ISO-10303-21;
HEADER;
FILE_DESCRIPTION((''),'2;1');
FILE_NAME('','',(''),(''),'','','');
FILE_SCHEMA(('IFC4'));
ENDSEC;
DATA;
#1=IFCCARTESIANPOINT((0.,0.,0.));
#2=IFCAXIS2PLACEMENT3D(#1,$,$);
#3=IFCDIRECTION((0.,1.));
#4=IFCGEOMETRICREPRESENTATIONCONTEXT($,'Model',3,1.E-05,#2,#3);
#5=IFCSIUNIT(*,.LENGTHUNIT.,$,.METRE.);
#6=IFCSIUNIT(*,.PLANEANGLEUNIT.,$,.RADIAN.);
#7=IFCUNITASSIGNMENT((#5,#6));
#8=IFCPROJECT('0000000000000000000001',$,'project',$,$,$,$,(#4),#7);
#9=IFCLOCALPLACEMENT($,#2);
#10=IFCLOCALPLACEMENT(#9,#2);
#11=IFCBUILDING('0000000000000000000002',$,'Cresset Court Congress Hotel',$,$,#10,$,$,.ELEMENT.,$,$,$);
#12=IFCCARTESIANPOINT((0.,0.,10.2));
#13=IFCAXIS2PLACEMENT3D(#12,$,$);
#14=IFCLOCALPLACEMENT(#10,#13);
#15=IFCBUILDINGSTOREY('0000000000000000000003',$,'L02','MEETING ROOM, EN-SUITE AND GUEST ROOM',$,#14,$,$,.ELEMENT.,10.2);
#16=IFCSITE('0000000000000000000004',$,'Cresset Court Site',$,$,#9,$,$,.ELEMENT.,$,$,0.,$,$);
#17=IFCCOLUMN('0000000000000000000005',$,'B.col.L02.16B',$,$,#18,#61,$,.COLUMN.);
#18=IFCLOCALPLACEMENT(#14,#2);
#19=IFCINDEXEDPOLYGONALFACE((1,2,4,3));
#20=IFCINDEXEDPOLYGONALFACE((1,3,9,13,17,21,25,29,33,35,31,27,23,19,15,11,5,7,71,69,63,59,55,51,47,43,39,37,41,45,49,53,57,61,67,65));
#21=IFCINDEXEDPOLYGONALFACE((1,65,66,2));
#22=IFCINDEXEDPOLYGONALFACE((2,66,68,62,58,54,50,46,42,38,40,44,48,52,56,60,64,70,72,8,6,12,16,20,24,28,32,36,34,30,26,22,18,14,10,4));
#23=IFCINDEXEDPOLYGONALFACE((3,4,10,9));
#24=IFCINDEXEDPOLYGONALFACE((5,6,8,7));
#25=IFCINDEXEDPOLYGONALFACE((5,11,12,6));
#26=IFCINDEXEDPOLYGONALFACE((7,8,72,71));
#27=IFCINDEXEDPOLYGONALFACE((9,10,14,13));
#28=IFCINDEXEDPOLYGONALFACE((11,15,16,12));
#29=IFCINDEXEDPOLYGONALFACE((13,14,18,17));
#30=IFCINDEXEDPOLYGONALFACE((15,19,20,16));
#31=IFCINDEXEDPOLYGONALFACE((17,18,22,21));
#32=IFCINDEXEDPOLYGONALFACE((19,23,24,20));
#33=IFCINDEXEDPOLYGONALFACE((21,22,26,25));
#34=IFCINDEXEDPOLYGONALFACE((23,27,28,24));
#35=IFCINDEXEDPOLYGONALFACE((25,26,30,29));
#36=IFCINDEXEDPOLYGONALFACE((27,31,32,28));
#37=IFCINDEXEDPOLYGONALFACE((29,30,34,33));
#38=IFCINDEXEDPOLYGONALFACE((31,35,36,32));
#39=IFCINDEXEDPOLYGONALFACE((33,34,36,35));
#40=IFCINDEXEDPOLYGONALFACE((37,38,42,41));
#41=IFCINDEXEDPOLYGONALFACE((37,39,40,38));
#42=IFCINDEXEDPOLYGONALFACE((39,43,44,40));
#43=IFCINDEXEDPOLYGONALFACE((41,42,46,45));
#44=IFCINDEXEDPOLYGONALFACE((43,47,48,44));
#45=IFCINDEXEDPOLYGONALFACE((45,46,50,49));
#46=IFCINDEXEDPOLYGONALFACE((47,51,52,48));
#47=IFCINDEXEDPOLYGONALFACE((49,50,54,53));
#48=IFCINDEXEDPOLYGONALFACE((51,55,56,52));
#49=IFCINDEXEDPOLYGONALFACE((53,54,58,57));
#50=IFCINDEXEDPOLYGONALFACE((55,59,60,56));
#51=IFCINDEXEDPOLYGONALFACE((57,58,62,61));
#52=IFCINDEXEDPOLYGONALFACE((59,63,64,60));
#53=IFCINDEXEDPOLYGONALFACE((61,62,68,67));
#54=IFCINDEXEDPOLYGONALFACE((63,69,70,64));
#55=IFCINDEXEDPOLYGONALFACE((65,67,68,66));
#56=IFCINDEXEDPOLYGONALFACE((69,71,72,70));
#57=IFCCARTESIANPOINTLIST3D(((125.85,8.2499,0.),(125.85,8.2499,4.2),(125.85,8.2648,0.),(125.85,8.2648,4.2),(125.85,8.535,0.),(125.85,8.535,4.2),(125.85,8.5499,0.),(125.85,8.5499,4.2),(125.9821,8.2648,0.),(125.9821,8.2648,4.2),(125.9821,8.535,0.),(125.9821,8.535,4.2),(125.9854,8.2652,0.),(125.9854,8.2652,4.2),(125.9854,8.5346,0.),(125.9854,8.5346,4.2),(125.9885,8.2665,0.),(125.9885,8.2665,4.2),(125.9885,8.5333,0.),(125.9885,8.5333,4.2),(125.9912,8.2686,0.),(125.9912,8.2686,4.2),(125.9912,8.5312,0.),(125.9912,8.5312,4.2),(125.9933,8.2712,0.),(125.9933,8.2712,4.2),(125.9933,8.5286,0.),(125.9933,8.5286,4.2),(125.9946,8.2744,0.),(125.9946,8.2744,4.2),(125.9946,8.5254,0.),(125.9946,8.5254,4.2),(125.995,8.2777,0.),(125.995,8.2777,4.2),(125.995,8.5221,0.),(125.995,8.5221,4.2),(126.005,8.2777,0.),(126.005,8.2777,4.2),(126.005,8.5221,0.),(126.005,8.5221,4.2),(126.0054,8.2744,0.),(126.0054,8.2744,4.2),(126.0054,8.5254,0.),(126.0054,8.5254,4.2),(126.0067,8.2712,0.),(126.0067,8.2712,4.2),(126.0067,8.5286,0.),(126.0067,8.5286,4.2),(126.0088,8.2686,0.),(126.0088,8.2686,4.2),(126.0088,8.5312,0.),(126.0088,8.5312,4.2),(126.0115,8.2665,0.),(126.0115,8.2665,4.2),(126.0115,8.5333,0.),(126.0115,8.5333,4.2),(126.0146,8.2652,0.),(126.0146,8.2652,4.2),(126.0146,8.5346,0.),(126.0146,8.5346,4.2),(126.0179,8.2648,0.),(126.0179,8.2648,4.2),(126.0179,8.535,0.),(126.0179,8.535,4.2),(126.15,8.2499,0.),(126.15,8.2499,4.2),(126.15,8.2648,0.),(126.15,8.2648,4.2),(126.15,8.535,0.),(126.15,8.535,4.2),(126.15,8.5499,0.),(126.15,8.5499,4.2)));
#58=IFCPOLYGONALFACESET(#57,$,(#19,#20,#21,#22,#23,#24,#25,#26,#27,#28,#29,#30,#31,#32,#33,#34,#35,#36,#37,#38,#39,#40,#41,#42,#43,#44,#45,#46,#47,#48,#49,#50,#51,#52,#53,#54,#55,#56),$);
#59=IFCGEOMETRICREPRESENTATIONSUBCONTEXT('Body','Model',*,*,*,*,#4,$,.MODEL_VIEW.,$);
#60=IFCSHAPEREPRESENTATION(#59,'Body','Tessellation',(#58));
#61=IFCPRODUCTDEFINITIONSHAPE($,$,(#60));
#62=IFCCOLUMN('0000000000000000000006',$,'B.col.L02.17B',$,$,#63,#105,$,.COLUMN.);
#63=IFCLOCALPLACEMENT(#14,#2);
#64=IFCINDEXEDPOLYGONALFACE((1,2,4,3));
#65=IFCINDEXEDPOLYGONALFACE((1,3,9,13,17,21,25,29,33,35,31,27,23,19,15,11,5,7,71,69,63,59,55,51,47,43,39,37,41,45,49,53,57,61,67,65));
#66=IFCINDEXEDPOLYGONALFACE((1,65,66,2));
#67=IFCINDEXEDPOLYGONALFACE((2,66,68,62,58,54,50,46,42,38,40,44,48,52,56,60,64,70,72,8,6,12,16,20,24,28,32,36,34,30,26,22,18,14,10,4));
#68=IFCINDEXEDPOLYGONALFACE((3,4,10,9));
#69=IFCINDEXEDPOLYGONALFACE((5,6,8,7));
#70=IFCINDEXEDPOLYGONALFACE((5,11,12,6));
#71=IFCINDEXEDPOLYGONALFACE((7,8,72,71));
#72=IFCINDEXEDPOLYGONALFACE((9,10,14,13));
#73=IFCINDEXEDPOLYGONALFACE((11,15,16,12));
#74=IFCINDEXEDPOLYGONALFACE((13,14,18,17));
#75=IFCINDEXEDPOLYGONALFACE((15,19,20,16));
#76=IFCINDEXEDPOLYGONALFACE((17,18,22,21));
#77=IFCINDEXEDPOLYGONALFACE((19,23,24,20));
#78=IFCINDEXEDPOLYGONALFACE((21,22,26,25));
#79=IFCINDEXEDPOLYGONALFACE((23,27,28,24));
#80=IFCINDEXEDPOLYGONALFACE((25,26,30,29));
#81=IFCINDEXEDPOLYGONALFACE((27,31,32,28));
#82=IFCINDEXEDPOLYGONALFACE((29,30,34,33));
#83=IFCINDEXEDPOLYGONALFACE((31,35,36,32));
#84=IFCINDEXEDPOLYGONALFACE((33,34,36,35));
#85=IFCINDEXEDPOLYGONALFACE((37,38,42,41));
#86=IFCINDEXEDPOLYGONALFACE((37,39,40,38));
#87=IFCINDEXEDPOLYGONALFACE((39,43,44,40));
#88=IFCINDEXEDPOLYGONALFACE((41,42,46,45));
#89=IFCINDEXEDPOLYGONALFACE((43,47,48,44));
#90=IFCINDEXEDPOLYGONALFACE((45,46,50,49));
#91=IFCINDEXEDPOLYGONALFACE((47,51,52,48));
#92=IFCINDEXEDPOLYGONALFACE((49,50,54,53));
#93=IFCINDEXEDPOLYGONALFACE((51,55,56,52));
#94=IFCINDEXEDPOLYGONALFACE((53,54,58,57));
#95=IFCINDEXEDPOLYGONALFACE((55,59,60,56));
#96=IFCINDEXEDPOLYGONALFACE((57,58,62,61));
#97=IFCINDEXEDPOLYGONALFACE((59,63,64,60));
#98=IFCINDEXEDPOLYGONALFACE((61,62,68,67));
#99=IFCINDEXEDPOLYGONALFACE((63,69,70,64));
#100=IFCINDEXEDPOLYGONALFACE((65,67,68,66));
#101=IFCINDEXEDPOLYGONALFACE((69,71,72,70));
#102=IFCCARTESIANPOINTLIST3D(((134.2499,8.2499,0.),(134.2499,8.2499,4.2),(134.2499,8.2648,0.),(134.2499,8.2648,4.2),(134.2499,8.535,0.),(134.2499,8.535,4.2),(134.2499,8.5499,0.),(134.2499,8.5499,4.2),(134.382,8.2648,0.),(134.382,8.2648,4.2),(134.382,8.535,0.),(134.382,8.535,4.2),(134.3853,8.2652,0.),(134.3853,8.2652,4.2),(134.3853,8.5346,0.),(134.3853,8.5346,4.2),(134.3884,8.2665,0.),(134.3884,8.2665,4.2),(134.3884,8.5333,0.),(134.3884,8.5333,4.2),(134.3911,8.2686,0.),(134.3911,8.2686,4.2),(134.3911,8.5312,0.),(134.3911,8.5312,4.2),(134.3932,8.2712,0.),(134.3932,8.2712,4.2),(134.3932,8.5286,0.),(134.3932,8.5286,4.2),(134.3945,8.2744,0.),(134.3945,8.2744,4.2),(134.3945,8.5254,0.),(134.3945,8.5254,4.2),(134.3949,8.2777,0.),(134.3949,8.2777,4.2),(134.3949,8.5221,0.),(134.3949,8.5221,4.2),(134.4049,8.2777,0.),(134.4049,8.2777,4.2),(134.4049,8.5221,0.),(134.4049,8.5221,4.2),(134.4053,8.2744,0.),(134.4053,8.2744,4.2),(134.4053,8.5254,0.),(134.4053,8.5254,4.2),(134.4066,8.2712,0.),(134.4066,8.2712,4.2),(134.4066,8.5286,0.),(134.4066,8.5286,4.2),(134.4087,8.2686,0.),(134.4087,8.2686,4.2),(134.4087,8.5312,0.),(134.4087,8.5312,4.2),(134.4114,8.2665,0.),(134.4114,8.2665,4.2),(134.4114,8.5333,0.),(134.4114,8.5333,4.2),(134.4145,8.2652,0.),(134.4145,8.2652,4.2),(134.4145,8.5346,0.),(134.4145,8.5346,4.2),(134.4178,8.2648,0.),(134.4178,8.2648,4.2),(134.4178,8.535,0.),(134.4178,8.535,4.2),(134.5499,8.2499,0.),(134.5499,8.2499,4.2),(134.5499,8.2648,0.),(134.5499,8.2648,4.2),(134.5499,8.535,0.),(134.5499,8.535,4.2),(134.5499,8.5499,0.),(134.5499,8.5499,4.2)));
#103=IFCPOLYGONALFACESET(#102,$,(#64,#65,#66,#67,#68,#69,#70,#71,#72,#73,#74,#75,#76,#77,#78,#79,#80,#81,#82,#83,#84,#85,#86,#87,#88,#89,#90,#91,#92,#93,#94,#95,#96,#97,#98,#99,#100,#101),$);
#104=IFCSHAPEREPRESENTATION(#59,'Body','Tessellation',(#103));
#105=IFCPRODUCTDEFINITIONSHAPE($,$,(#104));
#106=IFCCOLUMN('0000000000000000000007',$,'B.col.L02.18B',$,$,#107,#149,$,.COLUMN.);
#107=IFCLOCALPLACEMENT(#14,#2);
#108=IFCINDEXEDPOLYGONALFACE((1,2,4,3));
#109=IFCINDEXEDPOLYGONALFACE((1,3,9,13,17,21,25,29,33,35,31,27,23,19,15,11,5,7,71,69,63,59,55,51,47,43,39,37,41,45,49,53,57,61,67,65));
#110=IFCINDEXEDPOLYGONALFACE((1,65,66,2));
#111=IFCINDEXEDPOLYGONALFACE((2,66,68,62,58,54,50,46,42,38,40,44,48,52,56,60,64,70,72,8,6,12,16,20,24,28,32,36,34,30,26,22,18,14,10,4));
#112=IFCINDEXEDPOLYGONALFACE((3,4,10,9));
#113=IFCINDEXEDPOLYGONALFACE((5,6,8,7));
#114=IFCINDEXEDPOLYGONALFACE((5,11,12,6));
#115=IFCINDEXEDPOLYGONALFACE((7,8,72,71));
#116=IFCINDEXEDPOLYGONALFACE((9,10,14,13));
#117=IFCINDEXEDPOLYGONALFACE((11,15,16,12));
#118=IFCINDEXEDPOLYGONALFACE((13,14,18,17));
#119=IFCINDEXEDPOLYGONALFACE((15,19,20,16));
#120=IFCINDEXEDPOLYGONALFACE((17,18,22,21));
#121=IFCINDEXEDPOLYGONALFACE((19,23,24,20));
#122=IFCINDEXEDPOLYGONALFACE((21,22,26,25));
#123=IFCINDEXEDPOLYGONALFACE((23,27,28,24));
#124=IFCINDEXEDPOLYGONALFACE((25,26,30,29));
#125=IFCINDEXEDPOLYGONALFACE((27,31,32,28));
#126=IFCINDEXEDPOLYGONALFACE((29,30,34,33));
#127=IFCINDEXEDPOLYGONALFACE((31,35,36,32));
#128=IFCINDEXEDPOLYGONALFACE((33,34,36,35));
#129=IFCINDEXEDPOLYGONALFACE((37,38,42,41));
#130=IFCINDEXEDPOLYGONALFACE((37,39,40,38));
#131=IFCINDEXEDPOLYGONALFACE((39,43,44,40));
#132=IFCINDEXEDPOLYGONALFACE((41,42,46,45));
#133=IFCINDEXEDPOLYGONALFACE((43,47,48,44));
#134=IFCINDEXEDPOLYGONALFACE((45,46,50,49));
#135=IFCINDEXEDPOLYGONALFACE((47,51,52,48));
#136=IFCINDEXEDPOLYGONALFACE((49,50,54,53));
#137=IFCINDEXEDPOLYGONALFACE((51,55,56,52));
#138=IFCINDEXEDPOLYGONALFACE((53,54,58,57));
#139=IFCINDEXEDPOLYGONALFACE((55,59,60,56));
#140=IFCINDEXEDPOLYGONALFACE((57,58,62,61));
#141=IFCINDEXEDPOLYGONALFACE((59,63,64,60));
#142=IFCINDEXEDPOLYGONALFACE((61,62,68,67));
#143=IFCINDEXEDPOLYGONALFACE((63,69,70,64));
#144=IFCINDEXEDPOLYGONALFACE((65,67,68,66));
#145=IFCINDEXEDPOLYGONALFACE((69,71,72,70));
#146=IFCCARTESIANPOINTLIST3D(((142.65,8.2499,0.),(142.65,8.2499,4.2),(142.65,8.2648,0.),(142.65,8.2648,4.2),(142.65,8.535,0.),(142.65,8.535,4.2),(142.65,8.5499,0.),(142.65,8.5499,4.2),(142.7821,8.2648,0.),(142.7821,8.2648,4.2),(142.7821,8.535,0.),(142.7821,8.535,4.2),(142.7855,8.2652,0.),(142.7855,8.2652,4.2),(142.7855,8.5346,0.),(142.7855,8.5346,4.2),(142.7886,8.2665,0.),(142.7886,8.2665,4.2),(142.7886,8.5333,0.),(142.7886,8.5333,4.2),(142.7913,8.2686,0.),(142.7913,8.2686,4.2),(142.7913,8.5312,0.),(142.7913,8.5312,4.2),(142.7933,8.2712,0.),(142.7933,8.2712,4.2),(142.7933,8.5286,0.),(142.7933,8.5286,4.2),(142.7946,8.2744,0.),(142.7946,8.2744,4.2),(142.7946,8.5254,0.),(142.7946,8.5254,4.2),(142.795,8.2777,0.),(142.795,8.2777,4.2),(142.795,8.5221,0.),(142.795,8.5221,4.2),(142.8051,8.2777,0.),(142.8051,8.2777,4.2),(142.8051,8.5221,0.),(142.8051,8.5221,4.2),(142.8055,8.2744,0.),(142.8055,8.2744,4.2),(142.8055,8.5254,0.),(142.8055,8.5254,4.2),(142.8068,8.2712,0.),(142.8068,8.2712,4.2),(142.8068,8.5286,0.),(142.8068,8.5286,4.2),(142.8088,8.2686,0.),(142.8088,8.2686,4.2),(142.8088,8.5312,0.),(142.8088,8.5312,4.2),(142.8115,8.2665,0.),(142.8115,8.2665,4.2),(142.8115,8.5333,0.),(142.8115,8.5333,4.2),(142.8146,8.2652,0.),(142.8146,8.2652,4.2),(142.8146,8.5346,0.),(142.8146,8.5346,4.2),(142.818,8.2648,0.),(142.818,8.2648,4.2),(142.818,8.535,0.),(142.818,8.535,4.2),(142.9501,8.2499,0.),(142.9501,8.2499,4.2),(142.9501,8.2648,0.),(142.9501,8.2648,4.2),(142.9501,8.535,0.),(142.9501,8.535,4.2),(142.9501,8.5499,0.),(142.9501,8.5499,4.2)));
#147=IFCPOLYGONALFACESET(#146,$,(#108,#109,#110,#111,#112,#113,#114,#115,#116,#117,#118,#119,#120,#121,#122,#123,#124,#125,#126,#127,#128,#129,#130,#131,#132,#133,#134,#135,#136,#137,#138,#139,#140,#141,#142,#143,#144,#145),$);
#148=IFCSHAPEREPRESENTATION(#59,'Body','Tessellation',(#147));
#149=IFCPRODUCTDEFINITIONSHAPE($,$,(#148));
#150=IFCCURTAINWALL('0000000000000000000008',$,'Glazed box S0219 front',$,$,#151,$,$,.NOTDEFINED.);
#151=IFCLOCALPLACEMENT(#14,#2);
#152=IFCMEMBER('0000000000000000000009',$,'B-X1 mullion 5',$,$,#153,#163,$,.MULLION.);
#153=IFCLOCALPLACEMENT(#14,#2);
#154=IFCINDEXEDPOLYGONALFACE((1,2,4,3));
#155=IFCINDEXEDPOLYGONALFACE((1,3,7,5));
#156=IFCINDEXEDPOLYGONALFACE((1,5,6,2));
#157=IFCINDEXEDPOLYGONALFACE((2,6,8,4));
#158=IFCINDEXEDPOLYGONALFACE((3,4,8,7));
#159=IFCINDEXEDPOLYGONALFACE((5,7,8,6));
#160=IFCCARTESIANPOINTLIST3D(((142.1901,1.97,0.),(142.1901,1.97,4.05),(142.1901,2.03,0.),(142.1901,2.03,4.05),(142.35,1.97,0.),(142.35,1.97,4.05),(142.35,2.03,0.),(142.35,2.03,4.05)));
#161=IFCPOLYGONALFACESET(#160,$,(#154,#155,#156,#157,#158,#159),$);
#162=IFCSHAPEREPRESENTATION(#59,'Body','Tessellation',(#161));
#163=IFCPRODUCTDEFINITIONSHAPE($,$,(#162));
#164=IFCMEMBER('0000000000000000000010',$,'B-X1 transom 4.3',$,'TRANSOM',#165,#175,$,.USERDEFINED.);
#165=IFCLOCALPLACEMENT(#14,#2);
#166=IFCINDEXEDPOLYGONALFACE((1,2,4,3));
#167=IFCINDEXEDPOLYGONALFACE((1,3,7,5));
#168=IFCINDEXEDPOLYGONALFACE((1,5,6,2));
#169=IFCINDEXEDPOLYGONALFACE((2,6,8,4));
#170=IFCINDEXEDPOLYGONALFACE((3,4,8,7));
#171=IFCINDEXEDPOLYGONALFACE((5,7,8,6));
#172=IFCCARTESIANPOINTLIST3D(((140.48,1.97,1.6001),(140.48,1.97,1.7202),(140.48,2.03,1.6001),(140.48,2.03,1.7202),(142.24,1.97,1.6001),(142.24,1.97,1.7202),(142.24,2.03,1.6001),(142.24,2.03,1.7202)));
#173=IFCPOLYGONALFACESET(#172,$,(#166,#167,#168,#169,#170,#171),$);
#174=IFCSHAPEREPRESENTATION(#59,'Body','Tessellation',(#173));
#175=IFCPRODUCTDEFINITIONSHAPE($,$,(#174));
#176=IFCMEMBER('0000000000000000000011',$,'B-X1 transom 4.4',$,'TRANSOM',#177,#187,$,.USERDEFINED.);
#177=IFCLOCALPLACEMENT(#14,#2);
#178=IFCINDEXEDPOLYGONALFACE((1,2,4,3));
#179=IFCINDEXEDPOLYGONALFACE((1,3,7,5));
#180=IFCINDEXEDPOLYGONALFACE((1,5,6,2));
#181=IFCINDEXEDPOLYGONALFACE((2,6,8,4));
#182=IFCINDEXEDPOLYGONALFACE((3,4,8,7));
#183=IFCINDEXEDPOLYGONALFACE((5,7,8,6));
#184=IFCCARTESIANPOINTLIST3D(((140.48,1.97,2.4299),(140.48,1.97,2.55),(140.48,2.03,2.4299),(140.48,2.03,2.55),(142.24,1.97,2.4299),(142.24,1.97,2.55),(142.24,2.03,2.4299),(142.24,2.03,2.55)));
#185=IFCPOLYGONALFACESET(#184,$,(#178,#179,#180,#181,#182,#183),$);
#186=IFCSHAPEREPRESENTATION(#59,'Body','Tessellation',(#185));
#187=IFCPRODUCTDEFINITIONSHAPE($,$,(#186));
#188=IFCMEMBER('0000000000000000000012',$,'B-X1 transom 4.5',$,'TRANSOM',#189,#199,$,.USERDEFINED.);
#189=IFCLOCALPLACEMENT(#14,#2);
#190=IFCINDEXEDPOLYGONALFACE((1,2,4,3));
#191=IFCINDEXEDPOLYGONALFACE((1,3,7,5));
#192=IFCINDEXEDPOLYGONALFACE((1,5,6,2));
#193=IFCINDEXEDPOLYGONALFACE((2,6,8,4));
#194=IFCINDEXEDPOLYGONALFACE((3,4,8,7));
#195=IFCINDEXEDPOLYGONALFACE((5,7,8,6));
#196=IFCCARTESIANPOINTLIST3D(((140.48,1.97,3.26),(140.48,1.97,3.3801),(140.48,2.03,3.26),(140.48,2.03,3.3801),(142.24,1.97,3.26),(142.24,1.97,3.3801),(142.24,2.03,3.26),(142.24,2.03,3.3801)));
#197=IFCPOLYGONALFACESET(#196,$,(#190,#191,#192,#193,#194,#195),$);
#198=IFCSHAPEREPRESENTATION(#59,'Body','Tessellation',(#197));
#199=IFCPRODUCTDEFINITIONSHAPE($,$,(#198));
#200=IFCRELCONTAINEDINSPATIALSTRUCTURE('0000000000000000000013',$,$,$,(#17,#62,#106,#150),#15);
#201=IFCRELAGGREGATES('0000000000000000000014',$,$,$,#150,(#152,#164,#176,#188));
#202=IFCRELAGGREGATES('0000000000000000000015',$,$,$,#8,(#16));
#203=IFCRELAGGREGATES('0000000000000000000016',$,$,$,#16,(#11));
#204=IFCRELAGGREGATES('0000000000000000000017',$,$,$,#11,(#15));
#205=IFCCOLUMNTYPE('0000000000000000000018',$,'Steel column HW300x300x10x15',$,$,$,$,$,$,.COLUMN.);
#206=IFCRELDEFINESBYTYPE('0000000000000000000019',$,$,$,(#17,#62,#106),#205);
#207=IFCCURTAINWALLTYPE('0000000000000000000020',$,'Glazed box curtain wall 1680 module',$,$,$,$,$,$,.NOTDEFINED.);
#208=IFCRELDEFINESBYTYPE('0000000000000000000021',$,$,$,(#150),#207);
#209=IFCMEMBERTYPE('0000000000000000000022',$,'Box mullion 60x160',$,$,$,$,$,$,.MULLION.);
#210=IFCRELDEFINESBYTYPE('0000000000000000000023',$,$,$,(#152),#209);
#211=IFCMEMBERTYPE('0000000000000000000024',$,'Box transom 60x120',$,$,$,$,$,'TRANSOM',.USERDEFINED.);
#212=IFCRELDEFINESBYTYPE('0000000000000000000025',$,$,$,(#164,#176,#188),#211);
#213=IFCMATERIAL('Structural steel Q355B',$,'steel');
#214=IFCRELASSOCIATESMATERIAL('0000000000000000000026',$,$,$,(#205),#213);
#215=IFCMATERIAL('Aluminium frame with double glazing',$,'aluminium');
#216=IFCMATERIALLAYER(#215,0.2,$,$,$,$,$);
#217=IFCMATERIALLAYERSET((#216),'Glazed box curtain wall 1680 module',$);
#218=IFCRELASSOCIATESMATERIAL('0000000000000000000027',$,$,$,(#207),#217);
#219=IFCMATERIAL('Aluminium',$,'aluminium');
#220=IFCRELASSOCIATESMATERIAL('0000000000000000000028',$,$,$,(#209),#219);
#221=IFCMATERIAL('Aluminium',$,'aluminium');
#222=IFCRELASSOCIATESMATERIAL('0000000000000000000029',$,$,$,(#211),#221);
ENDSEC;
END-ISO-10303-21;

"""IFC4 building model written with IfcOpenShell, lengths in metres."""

from ifc_helpers import new_model, si_unit, direction, frame, origin, origin_2d, place, context, subcontext, project, spatial, rectangle, i_section, extrude, material, layer, layer_set, material_profile, profile_set, type_object, element, aggregate, save


model = new_model("IFC4")

# Units and contexts
model_context = context("Model", 3, precision=1e-05, world=origin(), true_north=direction((0.0, 1.0)))
body_context = subcontext(model_context, "Body", "Model", "MODEL_VIEW")
ifc_project = project(units=[si_unit("LENGTHUNIT", "METRE"), si_unit("PLANEANGLEUNIT", "RADIAN")], contexts=[model_context])

# Site, building, storey
site_placement = place(None, origin())
site = spatial("IfcSite", under=ifc_project, at=site_placement, Name="Cresset Court Site", CompositionType="ELEMENT", RefElevation=0.0)
building_placement = place(site_placement, origin())
building = spatial("IfcBuilding", under=site, at=building_placement, Name="Cresset Court Congress Hotel", CompositionType="ELEMENT")
storey_placement = place(building_placement, frame((0.0, 0.0, 10.2)))
storey = spatial("IfcBuildingStorey", under=building, at=storey_placement, Name="L02", Description="MEETING ROOM, EN-SUITE AND GUEST ROOM", CompositionType="ELEMENT", Elevation=10.2)

# Columns
ifc_material_1 = material(Name="Structural steel Q355B", Category="steel")
ifc_material_profile_1 = material_profile(ifc_material_1, i_section(OverallWidth=0.3, OverallDepth=0.3, WebThickness=0.01, FlangeThickness=0.0149, FilletRadius=0.0129, at=origin_2d()), Name="HW300x300x10x15")
ifc_profile_set_1 = profile_set([ifc_material_profile_1], Name="Structural steel Q355B")
column_type = type_object("IfcColumnType", Name="Steel column HW300x300x10x15", PredefinedType="COLUMN", material=ifc_profile_set_1)
for number, where, z_axis, x_axis, name in (
    (1, (126.0, 8.3999, 0.0), (0.0, 0.0, 1.0), (1.0, 0.0, 0.0), "B.col.L02.16B"),
    (2, (134.3999, 8.3999, 0.0), (0.0, 0.0, 1.0), (1.0, 0.0, 0.0), "B.col.L02.17B"),
    (3, (142.8, 8.3999, 0.0), (0.0, 0.0, 1.0), (1.0, 0.0, 0.0), "B.col.L02.18B"),
):
    element("IfcColumn", number, at=place(storey_placement, frame(where, z_axis=z_axis, x_axis=x_axis)), inside=storey, type_object=column_type, Name=name, PredefinedType="COLUMN", context=body_context, shape_type="SweptSolid", body=[
        extrude(i_section(OverallWidth=0.3, OverallDepth=0.3, WebThickness=0.01, FlangeThickness=0.0149, FilletRadius=0.0129, at=origin_2d()), origin(), (0.0, 0.0, 1.0), 4.2),
    ])

# Curtain wall, members
ifc_material_2 = material(Name="Aluminium frame with double glazing", Category="aluminium")
ifc_layer_1 = layer(ifc_material_2, 0.2)
ifc_layer_set_1 = layer_set([ifc_layer_1], Name="Glazed box curtain wall 1680 module")
curtain_wall_type = type_object("IfcCurtainWallType", Name="Glazed box curtain wall 1680 module", PredefinedType="NOTDEFINED", material=ifc_layer_set_1)
curtain_wall_placement = place(storey_placement, origin())
curtain_wall = element("IfcCurtainWall", 4, at=curtain_wall_placement, inside=storey, type_object=curtain_wall_type, Name="Glazed box S0219 front", PredefinedType="NOTDEFINED")
ifc_material_3 = material(Name="Aluminium", Category="aluminium")
ifc_material_profile_2 = material_profile(ifc_material_3, rectangle(XDim=0.0601, YDim=0.1599, at=origin_2d()), Name="Box mullion 60x160")
ifc_profile_set_2 = profile_set([ifc_material_profile_2], Name="Aluminium")
member_type_1 = type_object("IfcMemberType", Name="Box mullion 60x160", PredefinedType="MULLION", material=ifc_profile_set_2)
member_1_placement = place(storey_placement, frame((142.27, 2.0, 0.0), z_axis=(0.0, 0.0, 1.0), x_axis=(0.0, 1.0, 0.0)))
member_1 = element("IfcMember", 5, at=member_1_placement, type_object=member_type_1, Name="B-X1 mullion 5", PredefinedType="MULLION", context=body_context, shape_type="SweptSolid", body=[
    extrude(rectangle(XDim=0.0601, YDim=0.1599, at=origin_2d()), origin(), (0.0, 0.0, 1.0), 4.05),
])
ifc_material_4 = material(Name="Aluminium", Category="aluminium")
ifc_material_profile_3 = material_profile(ifc_material_4, rectangle(XDim=0.0601, YDim=0.1201, at=origin_2d()), Name="Box transom 60x120")
ifc_profile_set_3 = profile_set([ifc_material_profile_3], Name="Aluminium")
member_type_2 = type_object("IfcMemberType", Name="Box transom 60x120", ElementType="TRANSOM", PredefinedType="USERDEFINED", material=ifc_profile_set_3)
member_2_placement = place(storey_placement, frame((140.48, 2.0, 1.6602), z_axis=(1.0, 0.0, 0.0), x_axis=(0.0, 1.0, 0.0)))
member_2 = element("IfcMember", 6, at=member_2_placement, type_object=member_type_2, Name="B-X1 transom 4.3", ObjectType="TRANSOM", PredefinedType="USERDEFINED", context=body_context, shape_type="SweptSolid", body=[
    extrude(rectangle(XDim=0.0601, YDim=0.1201, at=origin_2d()), origin(), (0.0, 0.0, 1.0), 1.76),
])
member_3_placement = place(storey_placement, frame((140.48, 2.0, 2.49), z_axis=(1.0, 0.0, 0.0), x_axis=(0.0, 1.0, 0.0)))
member_3 = element("IfcMember", 7, at=member_3_placement, type_object=member_type_2, Name="B-X1 transom 4.4", ObjectType="TRANSOM", PredefinedType="USERDEFINED", context=body_context, shape_type="SweptSolid", body=[
    extrude(rectangle(XDim=0.0601, YDim=0.1201, at=origin_2d()), origin(), (0.0, 0.0, 1.0), 1.76),
])
member_4_placement = place(storey_placement, frame((140.48, 2.0, 3.3201), z_axis=(1.0, 0.0, 0.0), x_axis=(0.0, 1.0, 0.0)))
member_4 = element("IfcMember", 8, at=member_4_placement, type_object=member_type_2, Name="B-X1 transom 4.5", ObjectType="TRANSOM", PredefinedType="USERDEFINED", context=body_context, shape_type="SweptSolid", body=[
    extrude(rectangle(XDim=0.0601, YDim=0.1201, at=origin_2d()), origin(), (0.0, 0.0, 1.0), 1.76),
])

aggregate(curtain_wall, [member_1, member_2, member_3, member_4])

save(model, "model.ifc")
